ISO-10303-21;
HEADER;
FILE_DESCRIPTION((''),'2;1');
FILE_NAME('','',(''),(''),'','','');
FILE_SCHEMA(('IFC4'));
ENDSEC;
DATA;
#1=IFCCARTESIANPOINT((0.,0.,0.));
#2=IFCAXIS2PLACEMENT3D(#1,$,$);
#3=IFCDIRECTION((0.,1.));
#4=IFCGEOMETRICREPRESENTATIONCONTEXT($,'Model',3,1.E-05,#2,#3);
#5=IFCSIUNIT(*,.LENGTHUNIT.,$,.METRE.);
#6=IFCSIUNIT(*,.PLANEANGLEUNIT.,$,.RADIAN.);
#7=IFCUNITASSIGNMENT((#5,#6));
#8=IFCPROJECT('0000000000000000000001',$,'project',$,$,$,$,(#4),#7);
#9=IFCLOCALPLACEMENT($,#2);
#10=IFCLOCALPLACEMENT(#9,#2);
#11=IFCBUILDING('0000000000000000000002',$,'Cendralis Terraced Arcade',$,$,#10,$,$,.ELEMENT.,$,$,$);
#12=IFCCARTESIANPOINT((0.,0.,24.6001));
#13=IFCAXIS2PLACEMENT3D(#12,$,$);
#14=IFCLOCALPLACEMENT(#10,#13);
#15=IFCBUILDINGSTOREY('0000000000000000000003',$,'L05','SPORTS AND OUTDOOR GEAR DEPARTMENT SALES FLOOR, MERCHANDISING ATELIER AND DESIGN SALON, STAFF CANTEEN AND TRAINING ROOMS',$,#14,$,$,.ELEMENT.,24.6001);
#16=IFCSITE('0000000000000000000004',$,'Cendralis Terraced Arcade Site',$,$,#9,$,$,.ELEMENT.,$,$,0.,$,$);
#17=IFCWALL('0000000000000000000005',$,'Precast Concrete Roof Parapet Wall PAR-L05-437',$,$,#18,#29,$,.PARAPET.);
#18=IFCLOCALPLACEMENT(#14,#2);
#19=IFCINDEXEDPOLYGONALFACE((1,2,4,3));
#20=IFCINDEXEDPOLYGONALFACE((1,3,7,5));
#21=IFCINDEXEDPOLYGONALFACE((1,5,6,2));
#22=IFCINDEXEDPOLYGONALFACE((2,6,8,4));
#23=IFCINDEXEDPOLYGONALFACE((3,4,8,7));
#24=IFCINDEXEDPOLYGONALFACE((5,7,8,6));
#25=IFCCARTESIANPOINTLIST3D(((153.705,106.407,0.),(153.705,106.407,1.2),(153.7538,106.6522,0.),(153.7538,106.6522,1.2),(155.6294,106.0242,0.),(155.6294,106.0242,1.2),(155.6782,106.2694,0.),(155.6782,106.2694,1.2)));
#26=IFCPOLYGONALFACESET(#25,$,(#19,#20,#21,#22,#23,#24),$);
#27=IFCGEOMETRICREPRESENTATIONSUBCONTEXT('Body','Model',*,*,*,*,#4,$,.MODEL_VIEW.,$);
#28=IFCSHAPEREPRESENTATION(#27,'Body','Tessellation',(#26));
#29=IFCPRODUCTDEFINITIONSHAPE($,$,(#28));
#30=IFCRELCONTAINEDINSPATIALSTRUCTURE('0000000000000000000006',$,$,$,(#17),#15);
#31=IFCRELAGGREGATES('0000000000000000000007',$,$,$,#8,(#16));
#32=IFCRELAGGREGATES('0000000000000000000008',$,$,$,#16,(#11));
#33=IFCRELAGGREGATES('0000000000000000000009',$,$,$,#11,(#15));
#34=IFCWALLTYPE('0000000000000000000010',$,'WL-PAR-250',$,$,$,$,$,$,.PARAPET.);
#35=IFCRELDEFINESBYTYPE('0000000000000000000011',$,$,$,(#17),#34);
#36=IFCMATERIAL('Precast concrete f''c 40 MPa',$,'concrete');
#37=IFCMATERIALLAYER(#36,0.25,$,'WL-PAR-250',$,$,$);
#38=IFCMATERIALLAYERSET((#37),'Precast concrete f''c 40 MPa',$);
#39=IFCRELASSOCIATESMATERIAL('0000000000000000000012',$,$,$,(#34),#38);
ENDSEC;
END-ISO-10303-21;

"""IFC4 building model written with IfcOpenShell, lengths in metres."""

from ifc_helpers import new_model, si_unit, direction, frame, frame_2d, origin, place, context, subcontext, project, spatial, rectangle, extrude, material, layer, layer_set, type_object, element, save


model = new_model("IFC4")

# Units and contexts
model_context = context("Model", 3, precision=1e-05, world=origin(), true_north=direction((0.0, 1.0)))
body_context = subcontext(model_context, "Body", "Model", "MODEL_VIEW")
ifc_project = project(units=[si_unit("LENGTHUNIT", "METRE"), si_unit("PLANEANGLEUNIT", "RADIAN")], contexts=[model_context])

# Site, building, storey
site_placement = place(None, origin())
site = spatial("IfcSite", under=ifc_project, at=site_placement, Name="Cendralis Terraced Arcade Site", CompositionType="ELEMENT", RefElevation=0.0)
building_placement = place(site_placement, origin())
building = spatial("IfcBuilding", under=site, at=building_placement, Name="Cendralis Terraced Arcade", CompositionType="ELEMENT")
storey_placement = place(building_placement, frame((0.0, 0.0, 24.6001)))
storey = spatial("IfcBuildingStorey", under=building, at=storey_placement, Name="L05", Description="SPORTS AND OUTDOOR GEAR DEPARTMENT SALES FLOOR, MERCHANDISING ATELIER AND DESIGN SALON, STAFF CANTEEN AND TRAINING ROOMS", CompositionType="ELEMENT", Elevation=24.6001)

# Wall
ifc_material_1 = material(Name="Precast concrete f'c 40 MPa", Category="concrete")
ifc_layer_1 = layer(ifc_material_1, 0.25, Name="WL-PAR-250")
ifc_layer_set_1 = layer_set([ifc_layer_1], Name="Precast concrete f'c 40 MPa")
wall_type = type_object("IfcWallType", Name="WL-PAR-250", PredefinedType="PARAPET", material=ifc_layer_set_1)
wall_1_placement = place(storey_placement, frame((153.7295, 106.5295, 0.0), z_axis=(0.0, 0.0, 1.0), x_axis=(0.980786, -0.195087, 0.0)))
element("IfcWall", 1, at=wall_1_placement, inside=storey, type_object=wall_type, Name="Precast Concrete Roof Parapet Wall PAR-L05-437", PredefinedType="PARAPET", context=body_context, shape_type="SweptSolid", body=[
    extrude(rectangle(XDim=1.9622, YDim=0.25, at=frame_2d((0.981, 0.0))), origin(), (0.0, 0.0, 1.0), 1.2),
])

save(model, "model.ifc")
